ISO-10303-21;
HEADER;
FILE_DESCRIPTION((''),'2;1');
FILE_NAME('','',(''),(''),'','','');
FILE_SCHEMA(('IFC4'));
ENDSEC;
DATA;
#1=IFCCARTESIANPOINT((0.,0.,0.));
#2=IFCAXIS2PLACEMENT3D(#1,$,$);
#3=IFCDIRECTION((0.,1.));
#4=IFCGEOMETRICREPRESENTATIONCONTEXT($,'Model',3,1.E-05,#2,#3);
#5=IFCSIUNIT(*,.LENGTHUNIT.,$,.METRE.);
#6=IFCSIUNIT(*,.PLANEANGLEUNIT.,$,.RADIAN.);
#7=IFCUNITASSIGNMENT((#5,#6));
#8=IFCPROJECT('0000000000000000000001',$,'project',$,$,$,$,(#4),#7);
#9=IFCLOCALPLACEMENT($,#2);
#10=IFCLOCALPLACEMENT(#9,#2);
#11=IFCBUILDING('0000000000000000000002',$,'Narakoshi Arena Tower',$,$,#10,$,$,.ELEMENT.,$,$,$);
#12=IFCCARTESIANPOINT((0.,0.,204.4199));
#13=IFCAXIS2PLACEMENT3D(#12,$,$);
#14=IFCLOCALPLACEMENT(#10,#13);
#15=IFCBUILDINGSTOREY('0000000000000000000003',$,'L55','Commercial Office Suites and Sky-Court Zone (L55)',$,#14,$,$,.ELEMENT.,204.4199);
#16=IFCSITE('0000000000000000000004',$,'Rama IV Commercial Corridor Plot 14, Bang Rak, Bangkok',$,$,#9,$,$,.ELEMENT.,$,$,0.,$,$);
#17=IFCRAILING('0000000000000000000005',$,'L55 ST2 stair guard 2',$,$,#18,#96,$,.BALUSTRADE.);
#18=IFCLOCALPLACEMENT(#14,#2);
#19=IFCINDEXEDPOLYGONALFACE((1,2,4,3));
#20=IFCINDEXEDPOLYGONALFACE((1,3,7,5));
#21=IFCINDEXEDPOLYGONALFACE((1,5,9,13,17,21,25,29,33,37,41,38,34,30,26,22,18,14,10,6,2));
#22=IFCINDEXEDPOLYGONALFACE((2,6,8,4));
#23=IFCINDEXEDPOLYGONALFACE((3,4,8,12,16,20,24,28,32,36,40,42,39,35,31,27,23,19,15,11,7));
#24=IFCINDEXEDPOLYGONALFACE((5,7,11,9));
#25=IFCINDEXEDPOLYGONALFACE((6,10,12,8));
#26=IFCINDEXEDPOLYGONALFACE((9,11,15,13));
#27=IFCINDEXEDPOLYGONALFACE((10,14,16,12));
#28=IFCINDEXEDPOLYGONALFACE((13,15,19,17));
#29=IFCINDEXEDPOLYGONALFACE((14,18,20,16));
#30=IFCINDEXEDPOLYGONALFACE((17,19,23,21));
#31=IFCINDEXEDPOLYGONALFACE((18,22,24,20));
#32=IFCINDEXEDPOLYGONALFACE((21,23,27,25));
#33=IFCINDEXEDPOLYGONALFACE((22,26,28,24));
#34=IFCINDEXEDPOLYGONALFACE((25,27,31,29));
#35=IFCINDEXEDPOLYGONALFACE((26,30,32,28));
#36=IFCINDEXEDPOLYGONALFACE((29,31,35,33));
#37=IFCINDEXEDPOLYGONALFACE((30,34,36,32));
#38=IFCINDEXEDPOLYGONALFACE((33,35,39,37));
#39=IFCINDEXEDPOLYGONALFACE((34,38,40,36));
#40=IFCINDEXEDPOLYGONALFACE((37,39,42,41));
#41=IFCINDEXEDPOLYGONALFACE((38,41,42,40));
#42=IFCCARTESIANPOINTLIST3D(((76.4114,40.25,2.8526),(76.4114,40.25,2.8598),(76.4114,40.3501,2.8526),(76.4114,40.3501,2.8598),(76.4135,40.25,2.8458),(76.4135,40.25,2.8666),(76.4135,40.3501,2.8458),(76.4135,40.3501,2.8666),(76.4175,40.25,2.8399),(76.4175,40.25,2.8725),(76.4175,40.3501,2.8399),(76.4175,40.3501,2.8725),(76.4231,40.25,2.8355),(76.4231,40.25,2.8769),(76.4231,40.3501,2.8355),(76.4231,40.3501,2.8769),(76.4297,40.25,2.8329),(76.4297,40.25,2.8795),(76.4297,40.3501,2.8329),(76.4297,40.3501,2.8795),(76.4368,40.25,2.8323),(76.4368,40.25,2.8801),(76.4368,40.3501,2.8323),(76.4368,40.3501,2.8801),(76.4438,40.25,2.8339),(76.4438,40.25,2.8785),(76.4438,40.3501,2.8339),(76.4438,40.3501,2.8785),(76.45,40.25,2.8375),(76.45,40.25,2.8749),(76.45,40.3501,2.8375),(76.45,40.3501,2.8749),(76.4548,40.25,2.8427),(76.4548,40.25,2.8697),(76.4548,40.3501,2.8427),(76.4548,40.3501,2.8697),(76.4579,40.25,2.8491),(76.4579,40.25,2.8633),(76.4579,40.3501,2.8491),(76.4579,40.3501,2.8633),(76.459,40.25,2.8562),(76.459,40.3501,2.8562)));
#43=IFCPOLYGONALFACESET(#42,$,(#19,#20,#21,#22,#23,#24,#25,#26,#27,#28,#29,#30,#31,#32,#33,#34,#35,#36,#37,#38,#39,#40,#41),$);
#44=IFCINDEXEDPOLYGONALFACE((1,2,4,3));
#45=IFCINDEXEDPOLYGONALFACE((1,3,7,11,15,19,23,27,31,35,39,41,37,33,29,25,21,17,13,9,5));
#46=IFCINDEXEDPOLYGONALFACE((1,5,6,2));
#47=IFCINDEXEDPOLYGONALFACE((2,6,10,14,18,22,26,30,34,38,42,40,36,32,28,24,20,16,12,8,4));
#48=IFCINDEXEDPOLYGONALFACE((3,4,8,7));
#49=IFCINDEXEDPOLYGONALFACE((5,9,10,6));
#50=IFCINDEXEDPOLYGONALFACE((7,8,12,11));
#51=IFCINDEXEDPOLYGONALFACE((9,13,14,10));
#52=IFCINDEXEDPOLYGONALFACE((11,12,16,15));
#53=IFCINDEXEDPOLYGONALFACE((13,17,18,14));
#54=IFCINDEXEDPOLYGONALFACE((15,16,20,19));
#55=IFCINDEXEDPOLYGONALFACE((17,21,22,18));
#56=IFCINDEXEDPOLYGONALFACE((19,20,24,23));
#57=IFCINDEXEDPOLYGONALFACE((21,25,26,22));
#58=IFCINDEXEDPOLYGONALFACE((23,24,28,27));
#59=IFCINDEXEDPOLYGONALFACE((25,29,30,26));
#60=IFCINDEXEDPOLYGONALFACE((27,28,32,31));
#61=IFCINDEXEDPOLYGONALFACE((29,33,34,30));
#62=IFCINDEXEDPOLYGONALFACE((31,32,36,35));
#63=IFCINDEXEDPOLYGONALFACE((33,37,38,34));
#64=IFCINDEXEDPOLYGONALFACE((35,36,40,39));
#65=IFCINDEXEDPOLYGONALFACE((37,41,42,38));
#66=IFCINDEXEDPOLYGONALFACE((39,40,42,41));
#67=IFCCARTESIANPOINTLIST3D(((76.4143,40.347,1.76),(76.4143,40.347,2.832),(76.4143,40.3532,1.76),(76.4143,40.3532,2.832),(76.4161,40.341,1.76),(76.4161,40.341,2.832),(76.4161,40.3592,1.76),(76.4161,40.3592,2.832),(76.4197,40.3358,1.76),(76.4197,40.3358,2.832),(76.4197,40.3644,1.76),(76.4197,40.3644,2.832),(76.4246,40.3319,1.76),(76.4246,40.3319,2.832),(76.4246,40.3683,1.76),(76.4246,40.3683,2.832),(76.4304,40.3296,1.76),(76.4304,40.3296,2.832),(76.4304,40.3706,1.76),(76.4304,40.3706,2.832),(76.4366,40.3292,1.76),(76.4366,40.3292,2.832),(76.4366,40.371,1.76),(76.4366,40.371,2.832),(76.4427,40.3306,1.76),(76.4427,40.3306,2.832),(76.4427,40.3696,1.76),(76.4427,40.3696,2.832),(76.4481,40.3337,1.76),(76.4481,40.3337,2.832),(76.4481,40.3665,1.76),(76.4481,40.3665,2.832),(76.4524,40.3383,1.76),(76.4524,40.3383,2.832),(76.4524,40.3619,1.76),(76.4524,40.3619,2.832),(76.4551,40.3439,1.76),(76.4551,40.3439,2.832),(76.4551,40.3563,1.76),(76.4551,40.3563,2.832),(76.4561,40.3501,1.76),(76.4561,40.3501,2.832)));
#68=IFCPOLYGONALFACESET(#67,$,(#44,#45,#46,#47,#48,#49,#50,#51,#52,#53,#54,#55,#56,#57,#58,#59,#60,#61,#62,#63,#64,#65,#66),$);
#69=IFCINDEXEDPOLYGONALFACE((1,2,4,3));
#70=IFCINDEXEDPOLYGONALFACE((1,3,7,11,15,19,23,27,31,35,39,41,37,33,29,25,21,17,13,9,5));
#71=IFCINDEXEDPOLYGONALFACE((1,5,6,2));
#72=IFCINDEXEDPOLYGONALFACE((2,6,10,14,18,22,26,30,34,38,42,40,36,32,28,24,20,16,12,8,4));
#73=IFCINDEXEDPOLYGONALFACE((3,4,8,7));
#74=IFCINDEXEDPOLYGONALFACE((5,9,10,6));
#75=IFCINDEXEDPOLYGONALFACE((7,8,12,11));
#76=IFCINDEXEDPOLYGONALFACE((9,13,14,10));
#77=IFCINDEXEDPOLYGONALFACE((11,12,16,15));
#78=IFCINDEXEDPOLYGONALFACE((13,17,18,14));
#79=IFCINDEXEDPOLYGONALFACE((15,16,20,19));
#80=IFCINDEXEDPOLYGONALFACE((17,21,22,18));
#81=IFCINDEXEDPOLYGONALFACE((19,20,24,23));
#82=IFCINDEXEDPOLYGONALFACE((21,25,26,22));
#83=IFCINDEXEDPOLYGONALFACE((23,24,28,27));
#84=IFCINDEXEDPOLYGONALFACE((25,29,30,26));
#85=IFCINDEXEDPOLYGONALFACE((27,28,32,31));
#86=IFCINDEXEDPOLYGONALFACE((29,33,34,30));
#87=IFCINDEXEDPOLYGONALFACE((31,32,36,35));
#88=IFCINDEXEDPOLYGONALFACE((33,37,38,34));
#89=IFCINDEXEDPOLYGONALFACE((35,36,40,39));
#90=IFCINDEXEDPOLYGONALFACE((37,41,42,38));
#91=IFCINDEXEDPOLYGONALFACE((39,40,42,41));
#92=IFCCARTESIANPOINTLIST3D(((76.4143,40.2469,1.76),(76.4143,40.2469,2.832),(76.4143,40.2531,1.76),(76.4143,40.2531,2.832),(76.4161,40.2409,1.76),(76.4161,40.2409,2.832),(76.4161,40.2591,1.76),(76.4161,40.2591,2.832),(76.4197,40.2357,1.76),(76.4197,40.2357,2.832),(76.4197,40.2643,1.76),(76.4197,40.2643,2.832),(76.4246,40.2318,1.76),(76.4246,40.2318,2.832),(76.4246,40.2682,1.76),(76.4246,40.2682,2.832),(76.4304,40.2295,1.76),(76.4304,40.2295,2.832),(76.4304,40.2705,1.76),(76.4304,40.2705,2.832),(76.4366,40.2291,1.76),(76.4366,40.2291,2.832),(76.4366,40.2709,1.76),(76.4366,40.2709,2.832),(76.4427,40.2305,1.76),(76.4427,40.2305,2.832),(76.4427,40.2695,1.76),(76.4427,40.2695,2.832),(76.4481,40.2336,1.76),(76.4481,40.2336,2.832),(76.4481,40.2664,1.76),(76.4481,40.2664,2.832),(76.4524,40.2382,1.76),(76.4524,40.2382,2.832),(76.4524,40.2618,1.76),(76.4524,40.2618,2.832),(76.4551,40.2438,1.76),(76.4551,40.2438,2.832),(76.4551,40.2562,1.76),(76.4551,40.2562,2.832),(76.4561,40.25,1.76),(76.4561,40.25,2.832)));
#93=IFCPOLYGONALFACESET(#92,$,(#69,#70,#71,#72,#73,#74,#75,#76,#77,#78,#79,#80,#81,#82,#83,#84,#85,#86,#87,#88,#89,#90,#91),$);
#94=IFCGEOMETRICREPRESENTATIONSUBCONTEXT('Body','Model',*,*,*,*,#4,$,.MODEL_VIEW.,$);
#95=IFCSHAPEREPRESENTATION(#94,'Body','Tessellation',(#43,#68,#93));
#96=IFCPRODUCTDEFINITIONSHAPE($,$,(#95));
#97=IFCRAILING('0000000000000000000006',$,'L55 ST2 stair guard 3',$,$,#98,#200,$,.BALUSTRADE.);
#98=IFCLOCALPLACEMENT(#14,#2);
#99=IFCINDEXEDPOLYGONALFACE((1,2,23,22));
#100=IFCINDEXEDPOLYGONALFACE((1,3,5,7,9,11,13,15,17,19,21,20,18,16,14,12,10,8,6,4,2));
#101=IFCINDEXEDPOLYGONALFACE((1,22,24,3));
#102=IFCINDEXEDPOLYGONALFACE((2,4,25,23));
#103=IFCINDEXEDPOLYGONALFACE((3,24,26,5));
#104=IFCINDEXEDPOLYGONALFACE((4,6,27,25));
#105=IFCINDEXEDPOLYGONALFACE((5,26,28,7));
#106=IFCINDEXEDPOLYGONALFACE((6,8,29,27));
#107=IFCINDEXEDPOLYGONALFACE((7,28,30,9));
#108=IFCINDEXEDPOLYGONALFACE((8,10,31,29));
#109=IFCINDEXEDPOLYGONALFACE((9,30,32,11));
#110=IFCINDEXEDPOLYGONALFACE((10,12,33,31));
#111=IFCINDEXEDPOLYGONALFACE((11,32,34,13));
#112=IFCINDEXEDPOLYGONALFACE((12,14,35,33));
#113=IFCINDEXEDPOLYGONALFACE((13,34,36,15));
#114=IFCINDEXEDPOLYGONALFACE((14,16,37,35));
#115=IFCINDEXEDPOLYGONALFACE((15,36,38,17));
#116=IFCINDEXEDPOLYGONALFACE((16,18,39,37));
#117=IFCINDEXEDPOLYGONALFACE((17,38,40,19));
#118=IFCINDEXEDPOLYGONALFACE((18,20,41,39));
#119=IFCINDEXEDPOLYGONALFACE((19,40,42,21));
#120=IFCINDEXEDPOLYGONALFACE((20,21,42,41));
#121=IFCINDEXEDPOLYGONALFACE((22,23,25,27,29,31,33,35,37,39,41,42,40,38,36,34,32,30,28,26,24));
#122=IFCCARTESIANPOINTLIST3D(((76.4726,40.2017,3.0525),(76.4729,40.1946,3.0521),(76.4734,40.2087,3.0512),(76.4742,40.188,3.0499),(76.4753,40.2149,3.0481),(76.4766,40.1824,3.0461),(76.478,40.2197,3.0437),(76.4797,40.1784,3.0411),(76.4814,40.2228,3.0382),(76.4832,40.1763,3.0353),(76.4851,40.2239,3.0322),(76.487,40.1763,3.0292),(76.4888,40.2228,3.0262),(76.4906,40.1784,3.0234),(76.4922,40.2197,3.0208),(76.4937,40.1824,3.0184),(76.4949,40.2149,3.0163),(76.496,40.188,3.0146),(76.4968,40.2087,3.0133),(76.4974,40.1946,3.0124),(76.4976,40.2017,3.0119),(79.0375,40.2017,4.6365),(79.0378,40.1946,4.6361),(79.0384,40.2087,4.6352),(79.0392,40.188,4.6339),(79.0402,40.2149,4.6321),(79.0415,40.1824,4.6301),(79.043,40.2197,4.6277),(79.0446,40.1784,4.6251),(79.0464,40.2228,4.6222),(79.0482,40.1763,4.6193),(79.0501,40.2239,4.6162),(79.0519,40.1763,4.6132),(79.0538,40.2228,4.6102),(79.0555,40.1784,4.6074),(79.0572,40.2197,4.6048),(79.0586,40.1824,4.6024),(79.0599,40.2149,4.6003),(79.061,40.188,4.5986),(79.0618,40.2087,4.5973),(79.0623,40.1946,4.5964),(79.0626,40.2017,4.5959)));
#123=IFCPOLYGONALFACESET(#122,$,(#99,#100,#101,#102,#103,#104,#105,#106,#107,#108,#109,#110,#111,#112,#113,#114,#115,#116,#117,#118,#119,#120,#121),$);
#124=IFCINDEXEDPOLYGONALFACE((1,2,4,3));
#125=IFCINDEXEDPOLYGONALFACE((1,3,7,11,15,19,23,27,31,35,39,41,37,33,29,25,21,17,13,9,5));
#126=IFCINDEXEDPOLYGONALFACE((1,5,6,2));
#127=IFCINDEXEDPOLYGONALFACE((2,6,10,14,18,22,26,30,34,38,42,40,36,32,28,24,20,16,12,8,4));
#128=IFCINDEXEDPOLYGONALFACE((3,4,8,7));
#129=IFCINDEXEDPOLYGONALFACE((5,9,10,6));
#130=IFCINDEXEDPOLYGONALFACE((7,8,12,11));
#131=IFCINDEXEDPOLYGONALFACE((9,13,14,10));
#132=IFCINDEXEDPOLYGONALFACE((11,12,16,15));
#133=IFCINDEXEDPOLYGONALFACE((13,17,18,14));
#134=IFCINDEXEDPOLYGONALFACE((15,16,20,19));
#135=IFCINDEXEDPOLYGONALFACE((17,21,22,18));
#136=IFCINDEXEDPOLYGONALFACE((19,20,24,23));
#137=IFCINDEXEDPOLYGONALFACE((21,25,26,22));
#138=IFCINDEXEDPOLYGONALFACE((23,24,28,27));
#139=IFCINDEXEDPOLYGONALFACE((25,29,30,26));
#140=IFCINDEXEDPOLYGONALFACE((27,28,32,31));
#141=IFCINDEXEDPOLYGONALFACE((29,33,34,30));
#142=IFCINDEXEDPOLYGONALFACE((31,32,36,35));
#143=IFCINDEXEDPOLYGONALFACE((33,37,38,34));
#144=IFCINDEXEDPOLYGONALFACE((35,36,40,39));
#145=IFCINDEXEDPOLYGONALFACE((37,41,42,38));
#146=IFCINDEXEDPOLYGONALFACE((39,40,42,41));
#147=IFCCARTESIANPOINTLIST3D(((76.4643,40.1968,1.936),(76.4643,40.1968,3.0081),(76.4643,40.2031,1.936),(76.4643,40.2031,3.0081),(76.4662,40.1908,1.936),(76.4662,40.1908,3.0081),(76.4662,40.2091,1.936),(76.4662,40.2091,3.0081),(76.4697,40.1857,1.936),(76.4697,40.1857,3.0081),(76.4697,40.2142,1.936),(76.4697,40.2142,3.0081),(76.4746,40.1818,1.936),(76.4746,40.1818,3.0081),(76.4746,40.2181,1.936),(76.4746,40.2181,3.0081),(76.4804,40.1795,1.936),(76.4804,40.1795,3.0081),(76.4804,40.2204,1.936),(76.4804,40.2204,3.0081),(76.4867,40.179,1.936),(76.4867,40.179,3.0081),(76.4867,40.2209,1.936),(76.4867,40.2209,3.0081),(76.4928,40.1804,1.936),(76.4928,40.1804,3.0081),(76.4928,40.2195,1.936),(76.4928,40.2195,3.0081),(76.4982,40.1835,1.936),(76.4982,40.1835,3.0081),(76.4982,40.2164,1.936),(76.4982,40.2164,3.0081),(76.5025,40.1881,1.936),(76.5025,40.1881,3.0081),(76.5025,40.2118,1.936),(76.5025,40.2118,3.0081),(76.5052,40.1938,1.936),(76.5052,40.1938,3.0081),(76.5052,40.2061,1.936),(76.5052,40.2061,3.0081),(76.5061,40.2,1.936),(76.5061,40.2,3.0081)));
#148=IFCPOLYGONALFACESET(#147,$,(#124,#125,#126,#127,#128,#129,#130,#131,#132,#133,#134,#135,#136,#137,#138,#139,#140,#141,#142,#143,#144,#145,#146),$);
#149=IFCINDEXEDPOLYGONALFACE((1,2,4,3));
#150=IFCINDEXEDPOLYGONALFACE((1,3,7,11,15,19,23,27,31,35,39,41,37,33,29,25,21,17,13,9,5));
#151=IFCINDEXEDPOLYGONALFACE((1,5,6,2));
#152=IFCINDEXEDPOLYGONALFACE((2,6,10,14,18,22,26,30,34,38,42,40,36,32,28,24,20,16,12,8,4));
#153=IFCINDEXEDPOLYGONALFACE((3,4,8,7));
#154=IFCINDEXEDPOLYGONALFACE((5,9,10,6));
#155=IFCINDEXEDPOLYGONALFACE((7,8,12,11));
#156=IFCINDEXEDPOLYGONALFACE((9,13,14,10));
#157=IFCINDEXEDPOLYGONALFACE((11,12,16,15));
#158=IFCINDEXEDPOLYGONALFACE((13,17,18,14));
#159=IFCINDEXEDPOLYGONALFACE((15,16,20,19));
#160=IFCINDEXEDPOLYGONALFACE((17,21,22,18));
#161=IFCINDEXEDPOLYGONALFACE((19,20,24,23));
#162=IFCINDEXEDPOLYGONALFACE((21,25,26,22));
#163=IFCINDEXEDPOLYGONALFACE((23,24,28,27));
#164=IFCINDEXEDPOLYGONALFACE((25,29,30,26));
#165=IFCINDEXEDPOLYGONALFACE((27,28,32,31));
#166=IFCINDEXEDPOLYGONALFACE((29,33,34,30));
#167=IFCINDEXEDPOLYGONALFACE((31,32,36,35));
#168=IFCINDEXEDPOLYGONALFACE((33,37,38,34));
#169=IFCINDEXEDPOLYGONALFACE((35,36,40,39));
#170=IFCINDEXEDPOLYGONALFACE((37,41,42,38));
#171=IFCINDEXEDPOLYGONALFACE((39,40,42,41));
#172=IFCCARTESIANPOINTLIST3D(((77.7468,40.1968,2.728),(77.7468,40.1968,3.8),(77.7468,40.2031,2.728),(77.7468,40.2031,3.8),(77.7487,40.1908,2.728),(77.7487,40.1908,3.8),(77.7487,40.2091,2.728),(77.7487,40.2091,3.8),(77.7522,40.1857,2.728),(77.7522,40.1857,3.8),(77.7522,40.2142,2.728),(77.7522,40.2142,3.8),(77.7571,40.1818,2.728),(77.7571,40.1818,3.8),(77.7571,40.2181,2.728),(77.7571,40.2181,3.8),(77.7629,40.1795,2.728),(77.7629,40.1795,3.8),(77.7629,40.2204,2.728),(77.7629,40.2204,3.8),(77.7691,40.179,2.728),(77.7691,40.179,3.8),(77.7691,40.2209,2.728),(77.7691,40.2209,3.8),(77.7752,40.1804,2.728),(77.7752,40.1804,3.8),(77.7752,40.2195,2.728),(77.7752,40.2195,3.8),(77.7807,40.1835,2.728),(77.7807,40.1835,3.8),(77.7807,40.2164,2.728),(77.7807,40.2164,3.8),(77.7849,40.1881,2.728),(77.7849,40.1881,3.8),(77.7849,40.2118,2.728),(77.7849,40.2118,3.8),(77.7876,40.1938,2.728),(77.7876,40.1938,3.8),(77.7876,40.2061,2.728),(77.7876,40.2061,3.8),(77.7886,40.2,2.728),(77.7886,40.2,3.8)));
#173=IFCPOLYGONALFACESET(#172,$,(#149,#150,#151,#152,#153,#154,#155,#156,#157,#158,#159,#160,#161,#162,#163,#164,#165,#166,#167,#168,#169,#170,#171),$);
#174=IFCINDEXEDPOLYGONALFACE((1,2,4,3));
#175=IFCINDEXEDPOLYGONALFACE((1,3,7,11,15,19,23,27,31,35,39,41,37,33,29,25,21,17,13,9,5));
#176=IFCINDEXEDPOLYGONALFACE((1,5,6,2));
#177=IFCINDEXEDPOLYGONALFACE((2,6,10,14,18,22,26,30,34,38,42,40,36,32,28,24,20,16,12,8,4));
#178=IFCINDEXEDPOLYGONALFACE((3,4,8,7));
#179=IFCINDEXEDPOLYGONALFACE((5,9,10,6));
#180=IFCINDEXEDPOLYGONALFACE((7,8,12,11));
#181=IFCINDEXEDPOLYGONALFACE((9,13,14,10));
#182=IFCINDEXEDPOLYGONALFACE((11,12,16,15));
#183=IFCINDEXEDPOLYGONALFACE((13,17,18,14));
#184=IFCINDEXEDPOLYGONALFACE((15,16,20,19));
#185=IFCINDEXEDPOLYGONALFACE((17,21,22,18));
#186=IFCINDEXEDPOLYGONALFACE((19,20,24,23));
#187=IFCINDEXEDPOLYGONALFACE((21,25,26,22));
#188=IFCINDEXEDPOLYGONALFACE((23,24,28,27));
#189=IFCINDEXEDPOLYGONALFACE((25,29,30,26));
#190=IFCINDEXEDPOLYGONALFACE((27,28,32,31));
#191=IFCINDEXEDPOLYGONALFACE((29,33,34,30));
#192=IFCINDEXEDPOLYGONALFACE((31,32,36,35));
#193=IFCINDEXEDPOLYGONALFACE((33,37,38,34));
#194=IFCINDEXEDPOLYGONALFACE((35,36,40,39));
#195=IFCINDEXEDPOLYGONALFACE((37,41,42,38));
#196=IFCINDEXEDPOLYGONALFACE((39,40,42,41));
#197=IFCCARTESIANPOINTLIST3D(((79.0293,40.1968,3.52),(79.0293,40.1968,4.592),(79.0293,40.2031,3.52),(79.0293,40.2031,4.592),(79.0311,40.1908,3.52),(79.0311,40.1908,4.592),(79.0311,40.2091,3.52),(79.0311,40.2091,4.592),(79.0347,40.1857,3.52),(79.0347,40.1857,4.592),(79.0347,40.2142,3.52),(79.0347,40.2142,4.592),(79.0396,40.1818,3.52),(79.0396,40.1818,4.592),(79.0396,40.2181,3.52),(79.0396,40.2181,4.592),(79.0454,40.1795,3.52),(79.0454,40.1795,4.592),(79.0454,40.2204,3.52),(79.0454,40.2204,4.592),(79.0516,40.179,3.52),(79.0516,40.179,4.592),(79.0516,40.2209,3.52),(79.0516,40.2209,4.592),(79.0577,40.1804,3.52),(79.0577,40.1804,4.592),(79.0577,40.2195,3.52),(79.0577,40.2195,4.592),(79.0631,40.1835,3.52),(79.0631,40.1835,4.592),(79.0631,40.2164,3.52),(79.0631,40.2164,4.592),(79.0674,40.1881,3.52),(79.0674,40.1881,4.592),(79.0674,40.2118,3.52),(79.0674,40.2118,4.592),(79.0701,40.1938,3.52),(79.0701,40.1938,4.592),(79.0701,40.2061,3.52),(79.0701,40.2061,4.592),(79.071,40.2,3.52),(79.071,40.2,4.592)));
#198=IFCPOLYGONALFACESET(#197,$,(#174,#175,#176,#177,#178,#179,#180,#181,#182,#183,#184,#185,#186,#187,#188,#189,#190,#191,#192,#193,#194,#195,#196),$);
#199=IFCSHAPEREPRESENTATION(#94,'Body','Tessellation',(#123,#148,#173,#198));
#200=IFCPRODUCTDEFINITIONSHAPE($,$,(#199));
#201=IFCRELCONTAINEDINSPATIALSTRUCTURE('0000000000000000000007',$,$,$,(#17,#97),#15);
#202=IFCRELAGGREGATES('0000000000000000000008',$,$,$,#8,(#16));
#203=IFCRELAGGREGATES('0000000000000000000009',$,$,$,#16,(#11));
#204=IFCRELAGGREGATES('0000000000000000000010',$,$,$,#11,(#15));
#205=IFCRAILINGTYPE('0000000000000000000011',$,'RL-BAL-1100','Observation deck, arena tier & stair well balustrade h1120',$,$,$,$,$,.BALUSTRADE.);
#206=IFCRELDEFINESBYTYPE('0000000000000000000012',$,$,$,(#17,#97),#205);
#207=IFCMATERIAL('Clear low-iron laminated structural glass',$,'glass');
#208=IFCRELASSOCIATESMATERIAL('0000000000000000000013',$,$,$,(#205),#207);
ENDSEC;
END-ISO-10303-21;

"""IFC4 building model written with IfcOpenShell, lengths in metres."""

from ifc_helpers import new_model, si_unit, direction, frame, origin, origin_2d, place, context, subcontext, project, spatial, circle, extrude, material, type_object, element, save


model = new_model("IFC4")

# Units and contexts
model_context = context("Model", 3, precision=1e-05, world=origin(), true_north=direction((0.0, 1.0)))
body_context = subcontext(model_context, "Body", "Model", "MODEL_VIEW")
ifc_project = project(units=[si_unit("LENGTHUNIT", "METRE"), si_unit("PLANEANGLEUNIT", "RADIAN")], contexts=[model_context])

# Site, building, storey
site_placement = place(None, origin())
site = spatial("IfcSite", under=ifc_project, at=site_placement, Name="Rama IV Commercial Corridor Plot 14, Bang Rak, Bangkok", CompositionType="ELEMENT", RefElevation=0.0)
building_placement = place(site_placement, origin())
building = spatial("IfcBuilding", under=site, at=building_placement, Name="Narakoshi Arena Tower", CompositionType="ELEMENT")
storey_placement = place(building_placement, frame((0.0, 0.0, 204.4199)))
storey = spatial("IfcBuildingStorey", under=building, at=storey_placement, Name="L55", Description="Commercial Office Suites and Sky-Court Zone (L55)", CompositionType="ELEMENT", Elevation=204.4199)

# Railings
ifc_material_1 = material(Name="Clear low-iron laminated structural glass", Category="glass")
railing_type_1 = type_object("IfcRailingType", Name="RL-BAL-1100", Description="Observation deck, arena tier & stair well balustrade h1120", PredefinedType="BALUSTRADE", material=ifc_material_1)
railing_1_placement = place(storey_placement, frame((76.4351, 40.3501, 1.76)))
element("IfcRailing", 1, at=railing_1_placement, inside=storey, type_object=railing_type_1, Name="L55 ST2 stair guard 2", PredefinedType="BALUSTRADE", context=body_context, shape_type="SweptSolid", body=[
    extrude(circle(Radius=0.0239, at=origin_2d()), frame((0.0, 0.0, 1.0962), z_axis=(0.0, -1.0, 0.0), x_axis=(1.0, 0.0, 0.0)), (0.0, 0.0, 1.0), 0.1001),
    extrude(circle(Radius=0.021, at=origin_2d()), origin(), (0.0, 0.0, 1.0), 1.072),
    extrude(circle(Radius=0.021, at=origin_2d()), frame((0.0, -0.1001, 0.0)), (0.0, 0.0, 1.0), 1.072),
])
railing_2_placement = place(storey_placement, frame((76.4851, 40.2, 1.936)))
element("IfcRailing", 2, at=railing_2_placement, inside=storey, type_object=railing_type_1, Name="L55 ST2 stair guard 3", PredefinedType="BALUSTRADE", context=body_context, shape_type="SweptSolid", body=[
    extrude(circle(Radius=0.0239, at=origin_2d()), frame((0.0, 0.0, 1.0962), z_axis=(0.850834, 0.0, 0.525434), x_axis=(0.0, 1.0, 0.0)), (0.0, 0.0, 1.0), 3.0146),
    extrude(circle(Radius=0.021, at=origin_2d()), origin(), (0.0, 0.0, 1.0), 1.072),
    extrude(circle(Radius=0.021, at=origin_2d()), frame((1.2825, 0.0, 0.792)), (0.0, 0.0, 1.0), 1.072),
    extrude(circle(Radius=0.021, at=origin_2d()), frame((2.5649, 0.0, 1.584)), (0.0, 0.0, 1.0), 1.072),
])

save(model, "model.ifc")
